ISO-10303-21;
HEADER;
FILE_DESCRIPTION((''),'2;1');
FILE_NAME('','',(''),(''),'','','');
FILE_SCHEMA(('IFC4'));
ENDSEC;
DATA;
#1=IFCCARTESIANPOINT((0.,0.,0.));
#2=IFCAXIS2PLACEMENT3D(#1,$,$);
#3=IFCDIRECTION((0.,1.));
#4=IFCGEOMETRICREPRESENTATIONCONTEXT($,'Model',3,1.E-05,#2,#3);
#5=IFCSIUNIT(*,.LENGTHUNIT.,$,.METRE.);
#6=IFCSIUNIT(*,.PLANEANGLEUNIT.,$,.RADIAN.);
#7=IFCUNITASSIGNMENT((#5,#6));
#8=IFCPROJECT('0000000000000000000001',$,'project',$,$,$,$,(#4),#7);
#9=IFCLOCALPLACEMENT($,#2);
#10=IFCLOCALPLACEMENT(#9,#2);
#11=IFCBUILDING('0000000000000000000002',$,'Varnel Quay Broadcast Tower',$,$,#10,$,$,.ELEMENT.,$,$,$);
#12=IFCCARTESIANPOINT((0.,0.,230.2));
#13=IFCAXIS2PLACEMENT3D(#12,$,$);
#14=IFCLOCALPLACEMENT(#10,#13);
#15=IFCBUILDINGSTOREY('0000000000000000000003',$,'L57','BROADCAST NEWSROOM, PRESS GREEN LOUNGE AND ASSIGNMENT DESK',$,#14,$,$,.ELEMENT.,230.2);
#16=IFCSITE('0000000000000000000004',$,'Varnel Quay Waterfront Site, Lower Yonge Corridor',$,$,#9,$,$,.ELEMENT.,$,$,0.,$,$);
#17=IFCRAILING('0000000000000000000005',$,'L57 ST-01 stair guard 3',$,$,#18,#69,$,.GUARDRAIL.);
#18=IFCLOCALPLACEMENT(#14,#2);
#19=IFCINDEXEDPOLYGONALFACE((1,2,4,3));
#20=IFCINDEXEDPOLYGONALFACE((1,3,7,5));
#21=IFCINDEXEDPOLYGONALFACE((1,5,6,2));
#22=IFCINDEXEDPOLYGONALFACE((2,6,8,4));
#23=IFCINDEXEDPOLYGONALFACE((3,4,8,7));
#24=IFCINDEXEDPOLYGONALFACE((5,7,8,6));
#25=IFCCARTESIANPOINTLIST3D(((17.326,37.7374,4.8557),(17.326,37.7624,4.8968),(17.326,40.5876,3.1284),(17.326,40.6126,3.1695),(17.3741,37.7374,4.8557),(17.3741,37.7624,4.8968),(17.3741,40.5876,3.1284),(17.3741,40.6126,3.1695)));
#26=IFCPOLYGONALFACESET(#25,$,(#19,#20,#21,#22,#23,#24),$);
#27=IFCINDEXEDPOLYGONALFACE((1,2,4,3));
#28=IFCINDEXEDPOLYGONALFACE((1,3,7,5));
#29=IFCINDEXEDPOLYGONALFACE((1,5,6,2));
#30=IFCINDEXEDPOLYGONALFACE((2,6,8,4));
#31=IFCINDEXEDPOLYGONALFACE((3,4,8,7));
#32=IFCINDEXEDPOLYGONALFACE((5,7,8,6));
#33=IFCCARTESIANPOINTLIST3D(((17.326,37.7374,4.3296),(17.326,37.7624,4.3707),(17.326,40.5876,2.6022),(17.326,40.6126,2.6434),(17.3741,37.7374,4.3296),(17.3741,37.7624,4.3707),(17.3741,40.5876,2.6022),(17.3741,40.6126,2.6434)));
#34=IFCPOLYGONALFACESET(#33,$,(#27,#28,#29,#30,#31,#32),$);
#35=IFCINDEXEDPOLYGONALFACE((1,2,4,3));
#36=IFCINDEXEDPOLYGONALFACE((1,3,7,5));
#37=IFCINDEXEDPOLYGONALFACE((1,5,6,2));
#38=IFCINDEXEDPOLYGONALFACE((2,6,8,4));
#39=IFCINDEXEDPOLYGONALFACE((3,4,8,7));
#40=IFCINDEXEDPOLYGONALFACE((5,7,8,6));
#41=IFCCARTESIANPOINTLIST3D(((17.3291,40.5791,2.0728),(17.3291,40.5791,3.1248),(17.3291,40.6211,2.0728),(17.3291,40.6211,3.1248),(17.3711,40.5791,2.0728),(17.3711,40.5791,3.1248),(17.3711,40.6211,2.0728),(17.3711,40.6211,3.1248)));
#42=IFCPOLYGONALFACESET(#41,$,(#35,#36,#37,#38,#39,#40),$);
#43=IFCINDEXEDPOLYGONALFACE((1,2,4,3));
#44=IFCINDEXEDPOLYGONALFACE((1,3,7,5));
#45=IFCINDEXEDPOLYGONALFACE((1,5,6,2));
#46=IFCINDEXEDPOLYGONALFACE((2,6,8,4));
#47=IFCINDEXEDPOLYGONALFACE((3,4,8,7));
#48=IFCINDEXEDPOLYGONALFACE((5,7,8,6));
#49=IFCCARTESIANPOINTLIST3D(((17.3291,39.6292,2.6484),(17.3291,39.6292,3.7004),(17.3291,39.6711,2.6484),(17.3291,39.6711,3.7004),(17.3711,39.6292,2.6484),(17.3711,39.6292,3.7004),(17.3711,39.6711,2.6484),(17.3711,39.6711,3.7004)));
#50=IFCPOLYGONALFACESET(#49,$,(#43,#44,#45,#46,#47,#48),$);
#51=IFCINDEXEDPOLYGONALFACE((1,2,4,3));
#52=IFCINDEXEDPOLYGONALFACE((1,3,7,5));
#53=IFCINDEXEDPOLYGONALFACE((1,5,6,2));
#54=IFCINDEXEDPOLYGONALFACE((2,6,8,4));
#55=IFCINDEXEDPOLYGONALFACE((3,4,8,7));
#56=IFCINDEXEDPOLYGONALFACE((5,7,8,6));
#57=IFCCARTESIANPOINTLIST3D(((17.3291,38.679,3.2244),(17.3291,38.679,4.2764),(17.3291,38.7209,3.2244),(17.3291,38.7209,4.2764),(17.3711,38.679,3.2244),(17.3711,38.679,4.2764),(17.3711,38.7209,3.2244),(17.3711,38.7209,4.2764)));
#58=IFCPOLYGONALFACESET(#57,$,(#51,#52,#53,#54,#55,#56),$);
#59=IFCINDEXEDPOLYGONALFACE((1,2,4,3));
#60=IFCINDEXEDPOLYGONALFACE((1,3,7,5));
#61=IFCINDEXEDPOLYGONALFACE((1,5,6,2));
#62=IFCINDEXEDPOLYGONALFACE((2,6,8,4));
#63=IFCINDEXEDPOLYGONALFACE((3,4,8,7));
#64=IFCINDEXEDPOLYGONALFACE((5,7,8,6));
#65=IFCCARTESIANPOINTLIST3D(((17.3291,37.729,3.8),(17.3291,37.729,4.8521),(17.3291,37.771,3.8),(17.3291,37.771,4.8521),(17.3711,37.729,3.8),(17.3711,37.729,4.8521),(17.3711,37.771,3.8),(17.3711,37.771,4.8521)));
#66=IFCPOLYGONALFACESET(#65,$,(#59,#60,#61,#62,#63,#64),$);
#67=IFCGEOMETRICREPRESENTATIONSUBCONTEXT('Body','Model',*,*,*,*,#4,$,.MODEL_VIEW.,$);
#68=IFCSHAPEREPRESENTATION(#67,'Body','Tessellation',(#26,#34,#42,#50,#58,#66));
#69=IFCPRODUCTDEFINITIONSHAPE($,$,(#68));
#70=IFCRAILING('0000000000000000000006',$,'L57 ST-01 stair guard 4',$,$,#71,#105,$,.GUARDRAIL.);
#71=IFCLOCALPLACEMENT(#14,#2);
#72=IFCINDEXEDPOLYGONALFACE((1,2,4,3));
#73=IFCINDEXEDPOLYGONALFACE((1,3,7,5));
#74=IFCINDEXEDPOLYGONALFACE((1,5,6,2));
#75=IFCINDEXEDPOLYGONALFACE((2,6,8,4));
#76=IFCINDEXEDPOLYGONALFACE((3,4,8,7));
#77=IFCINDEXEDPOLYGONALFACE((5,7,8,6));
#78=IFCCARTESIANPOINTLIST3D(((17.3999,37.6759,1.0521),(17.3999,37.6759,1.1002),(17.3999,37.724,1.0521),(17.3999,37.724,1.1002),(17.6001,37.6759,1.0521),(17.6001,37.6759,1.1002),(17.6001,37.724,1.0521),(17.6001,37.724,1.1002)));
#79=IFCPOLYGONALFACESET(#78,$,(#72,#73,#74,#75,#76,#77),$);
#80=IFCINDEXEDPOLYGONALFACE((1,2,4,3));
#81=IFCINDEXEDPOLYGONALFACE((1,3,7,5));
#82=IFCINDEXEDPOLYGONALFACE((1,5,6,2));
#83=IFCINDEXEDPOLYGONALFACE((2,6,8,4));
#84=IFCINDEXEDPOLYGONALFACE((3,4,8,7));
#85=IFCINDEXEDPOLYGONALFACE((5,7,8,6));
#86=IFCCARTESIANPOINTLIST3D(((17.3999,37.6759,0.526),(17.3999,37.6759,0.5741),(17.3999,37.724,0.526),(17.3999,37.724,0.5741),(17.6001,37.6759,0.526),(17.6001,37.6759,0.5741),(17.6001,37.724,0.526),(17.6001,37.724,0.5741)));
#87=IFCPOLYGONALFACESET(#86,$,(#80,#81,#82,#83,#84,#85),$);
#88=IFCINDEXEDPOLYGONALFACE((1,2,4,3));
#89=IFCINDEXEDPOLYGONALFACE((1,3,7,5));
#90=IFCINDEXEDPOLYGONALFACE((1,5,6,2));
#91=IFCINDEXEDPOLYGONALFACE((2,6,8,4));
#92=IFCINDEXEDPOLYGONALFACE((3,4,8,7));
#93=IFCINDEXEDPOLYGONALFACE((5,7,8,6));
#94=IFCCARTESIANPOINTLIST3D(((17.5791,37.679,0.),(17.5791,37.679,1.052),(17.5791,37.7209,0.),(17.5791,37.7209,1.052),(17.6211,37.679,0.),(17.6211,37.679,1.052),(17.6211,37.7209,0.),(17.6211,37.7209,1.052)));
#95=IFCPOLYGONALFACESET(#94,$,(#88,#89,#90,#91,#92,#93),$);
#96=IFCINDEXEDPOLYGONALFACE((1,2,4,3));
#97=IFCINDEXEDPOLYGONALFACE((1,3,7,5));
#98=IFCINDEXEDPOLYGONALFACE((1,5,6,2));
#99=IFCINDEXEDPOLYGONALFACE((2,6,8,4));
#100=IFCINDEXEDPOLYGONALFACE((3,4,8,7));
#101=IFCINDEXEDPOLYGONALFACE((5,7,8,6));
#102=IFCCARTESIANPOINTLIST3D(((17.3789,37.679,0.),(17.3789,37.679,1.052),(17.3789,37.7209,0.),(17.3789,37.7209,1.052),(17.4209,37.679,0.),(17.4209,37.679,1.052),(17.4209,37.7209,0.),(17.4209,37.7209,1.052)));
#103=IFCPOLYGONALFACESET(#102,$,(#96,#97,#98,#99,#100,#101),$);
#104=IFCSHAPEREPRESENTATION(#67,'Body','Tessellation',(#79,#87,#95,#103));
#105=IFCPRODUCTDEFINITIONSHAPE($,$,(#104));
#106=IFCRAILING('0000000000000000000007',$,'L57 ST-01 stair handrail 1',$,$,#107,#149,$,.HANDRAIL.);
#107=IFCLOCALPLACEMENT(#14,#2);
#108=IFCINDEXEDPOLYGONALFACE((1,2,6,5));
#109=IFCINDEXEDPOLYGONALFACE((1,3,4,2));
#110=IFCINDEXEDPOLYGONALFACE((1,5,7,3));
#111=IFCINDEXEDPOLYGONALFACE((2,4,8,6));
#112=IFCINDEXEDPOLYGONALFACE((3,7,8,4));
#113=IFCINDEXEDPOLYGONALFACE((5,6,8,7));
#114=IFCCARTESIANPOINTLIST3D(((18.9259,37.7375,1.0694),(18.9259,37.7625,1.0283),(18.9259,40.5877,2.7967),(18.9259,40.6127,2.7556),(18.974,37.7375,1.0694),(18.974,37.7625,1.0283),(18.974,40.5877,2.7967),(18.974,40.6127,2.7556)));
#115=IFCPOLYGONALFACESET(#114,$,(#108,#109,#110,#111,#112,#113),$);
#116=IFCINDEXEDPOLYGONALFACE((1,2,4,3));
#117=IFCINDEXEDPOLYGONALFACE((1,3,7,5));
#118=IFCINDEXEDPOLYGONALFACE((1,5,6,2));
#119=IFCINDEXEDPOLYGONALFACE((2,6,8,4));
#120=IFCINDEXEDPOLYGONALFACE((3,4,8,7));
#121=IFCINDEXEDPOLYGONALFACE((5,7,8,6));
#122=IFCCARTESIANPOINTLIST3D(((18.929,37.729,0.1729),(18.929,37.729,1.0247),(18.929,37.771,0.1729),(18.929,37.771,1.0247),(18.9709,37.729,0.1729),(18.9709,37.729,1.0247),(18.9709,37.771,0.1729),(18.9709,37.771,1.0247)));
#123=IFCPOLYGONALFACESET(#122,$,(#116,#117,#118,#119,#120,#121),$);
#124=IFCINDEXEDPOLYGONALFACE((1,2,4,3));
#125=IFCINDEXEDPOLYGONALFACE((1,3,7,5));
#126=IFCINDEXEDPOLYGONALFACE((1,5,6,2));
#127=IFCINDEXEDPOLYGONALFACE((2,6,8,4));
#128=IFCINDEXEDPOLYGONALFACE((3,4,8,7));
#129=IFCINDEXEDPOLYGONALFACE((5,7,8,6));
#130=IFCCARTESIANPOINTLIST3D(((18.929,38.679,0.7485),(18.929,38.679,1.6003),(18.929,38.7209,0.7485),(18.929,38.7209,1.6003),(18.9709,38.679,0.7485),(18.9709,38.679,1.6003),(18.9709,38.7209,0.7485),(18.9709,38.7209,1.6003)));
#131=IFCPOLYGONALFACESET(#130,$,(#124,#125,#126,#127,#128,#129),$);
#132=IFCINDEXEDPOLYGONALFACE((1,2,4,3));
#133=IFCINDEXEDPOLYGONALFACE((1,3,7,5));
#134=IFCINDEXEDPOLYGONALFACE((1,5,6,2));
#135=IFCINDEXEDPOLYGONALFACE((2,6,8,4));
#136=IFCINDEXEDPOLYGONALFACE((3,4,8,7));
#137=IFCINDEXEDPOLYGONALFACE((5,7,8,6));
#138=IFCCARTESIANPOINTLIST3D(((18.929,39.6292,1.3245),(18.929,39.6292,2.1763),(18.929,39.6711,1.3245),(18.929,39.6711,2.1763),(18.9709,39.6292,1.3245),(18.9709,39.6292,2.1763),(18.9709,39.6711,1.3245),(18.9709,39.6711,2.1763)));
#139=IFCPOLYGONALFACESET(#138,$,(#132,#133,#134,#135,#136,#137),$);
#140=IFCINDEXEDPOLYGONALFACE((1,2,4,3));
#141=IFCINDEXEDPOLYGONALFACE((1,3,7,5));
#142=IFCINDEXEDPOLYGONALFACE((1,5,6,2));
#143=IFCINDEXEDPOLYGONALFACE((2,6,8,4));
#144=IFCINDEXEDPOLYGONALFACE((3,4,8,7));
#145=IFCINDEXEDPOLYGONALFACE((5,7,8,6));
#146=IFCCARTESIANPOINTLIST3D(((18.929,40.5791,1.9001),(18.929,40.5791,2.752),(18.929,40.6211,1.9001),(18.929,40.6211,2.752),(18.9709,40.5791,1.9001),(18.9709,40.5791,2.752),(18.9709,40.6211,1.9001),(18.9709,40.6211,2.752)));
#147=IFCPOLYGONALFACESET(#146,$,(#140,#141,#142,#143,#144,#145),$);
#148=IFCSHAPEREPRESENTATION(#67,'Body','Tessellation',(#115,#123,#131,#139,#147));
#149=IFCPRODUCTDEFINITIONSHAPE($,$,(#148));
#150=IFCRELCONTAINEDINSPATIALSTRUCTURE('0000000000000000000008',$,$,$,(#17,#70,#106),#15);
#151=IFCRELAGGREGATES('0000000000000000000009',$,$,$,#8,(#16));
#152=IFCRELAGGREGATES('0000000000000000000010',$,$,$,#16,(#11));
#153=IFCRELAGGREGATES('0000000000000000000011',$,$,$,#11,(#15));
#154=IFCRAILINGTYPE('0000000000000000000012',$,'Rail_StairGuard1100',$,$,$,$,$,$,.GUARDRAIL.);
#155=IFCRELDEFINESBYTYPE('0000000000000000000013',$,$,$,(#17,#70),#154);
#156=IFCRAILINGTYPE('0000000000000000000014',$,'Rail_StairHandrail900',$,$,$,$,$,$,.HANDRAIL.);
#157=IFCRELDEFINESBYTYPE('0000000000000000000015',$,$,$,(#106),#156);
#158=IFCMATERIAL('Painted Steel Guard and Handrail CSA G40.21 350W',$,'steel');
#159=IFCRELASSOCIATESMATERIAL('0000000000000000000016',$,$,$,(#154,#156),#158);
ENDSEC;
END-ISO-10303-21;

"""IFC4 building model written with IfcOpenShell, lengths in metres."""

from ifc_helpers import new_model, si_unit, direction, frame, origin, origin_2d, place, context, subcontext, project, spatial, rectangle, extrude, material, type_object, element, save


model = new_model("IFC4")

# Units and contexts
model_context = context("Model", 3, precision=1e-05, world=origin(), true_north=direction((0.0, 1.0)))
body_context = subcontext(model_context, "Body", "Model", "MODEL_VIEW")
ifc_project = project(units=[si_unit("LENGTHUNIT", "METRE"), si_unit("PLANEANGLEUNIT", "RADIAN")], contexts=[model_context])

# Site, building, storey
site_placement = place(None, origin())
site = spatial("IfcSite", under=ifc_project, at=site_placement, Name="Varnel Quay Waterfront Site, Lower Yonge Corridor", CompositionType="ELEMENT", RefElevation=0.0)
building_placement = place(site_placement, origin())
building = spatial("IfcBuilding", under=site, at=building_placement, Name="Varnel Quay Broadcast Tower", CompositionType="ELEMENT")
storey_placement = place(building_placement, frame((0.0, 0.0, 230.2)))
storey = spatial("IfcBuildingStorey", under=building, at=storey_placement, Name="L57", Description="BROADCAST NEWSROOM, PRESS GREEN LOUNGE AND ASSIGNMENT DESK", CompositionType="ELEMENT", Elevation=230.2)

# Railings
ifc_material_1 = material(Name="Painted Steel Guard and Handrail CSA G40.21 350W", Category="steel")
railing_type_1 = type_object("IfcRailingType", Name="Rail_StairGuard1100", PredefinedType="GUARDRAIL", material=ifc_material_1)
railing_1_placement = place(storey_placement, frame((17.3501, 40.6001, 2.0728)))
element("IfcRailing", 1, at=railing_1_placement, inside=storey, type_object=railing_type_1, Name="L57 ST-01 stair guard 3", PredefinedType="GUARDRAIL", context=body_context, shape_type="SweptSolid", body=[
    extrude(rectangle(XDim=0.0481, YDim=0.0481, at=origin_2d()), frame((0.0, 0.0, 1.0762), z_axis=(0.0, -0.855203, 0.518294), x_axis=(1.0, 0.0, 0.0)), (0.0, 0.0, 1.0), 3.3328),
    extrude(rectangle(XDim=0.0481, YDim=0.0481, at=origin_2d()), frame((0.0, 0.0, 0.55), z_axis=(0.0, -0.855203, 0.518294), x_axis=(1.0, 0.0, 0.0)), (0.0, 0.0, 1.0), 3.3328),
    extrude(rectangle(XDim=0.042, YDim=0.042, at=origin_2d()), origin(), (0.0, 0.0, 1.0), 1.052),
    extrude(rectangle(XDim=0.042, YDim=0.042, at=origin_2d()), frame((0.0, -0.95, 0.5757)), (0.0, 0.0, 1.0), 1.052),
    extrude(rectangle(XDim=0.042, YDim=0.042, at=origin_2d()), frame((0.0, -1.9001, 1.1516)), (0.0, 0.0, 1.0), 1.052),
    extrude(rectangle(XDim=0.042, YDim=0.042, at=origin_2d()), frame((0.0, -2.8501, 1.7273)), (0.0, 0.0, 1.0), 1.052),
])
railing_2_placement = place(storey_placement, frame((17.6001, 37.7, 0.0)))
element("IfcRailing", 2, at=railing_2_placement, inside=storey, type_object=railing_type_1, Name="L57 ST-01 stair guard 4", PredefinedType="GUARDRAIL", context=body_context, shape_type="SweptSolid", body=[
    extrude(rectangle(XDim=0.0481, YDim=0.0481, at=origin_2d()), frame((0.0, 0.0, 1.0762), z_axis=(-1.0, 0.0, 0.0), x_axis=(0.0, -1.0, 0.0)), (0.0, 0.0, 1.0), 0.2002),
    extrude(rectangle(XDim=0.0481, YDim=0.0481, at=origin_2d()), frame((0.0, 0.0, 0.55), z_axis=(-1.0, 0.0, 0.0), x_axis=(0.0, -1.0, 0.0)), (0.0, 0.0, 1.0), 0.2002),
    extrude(rectangle(XDim=0.042, YDim=0.042, at=origin_2d()), origin(), (0.0, 0.0, 1.0), 1.052),
    extrude(rectangle(XDim=0.042, YDim=0.042, at=origin_2d()), frame((-0.2002, 0.0, 0.0)), (0.0, 0.0, 1.0), 1.052),
])
railing_type_2 = type_object("IfcRailingType", Name="Rail_StairHandrail900", PredefinedType="HANDRAIL", material=ifc_material_1)
railing_3_placement = place(storey_placement, frame((18.95, 37.75, 0.1729)))
element("IfcRailing", 3, at=railing_3_placement, inside=storey, type_object=railing_type_2, Name="L57 ST-01 stair handrail 1", PredefinedType="HANDRAIL", context=body_context, shape_type="SweptSolid", body=[
    extrude(rectangle(XDim=0.0481, YDim=0.0481, at=origin_2d()), frame((0.0, 0.0, 0.876), z_axis=(0.0, 0.855203, 0.518294), x_axis=(-1.0, 0.0, 0.0)), (0.0, 0.0, 1.0), 3.3328),
    extrude(rectangle(XDim=0.042, YDim=0.042, at=origin_2d()), origin(), (0.0, 0.0, 1.0), 0.8518),
    extrude(rectangle(XDim=0.042, YDim=0.042, at=origin_2d()), frame((0.0, 0.95, 0.5757)), (0.0, 0.0, 1.0), 0.8518),
    extrude(rectangle(XDim=0.042, YDim=0.042, at=origin_2d()), frame((0.0, 1.9001, 1.1516)), (0.0, 0.0, 1.0), 0.8518),
    extrude(rectangle(XDim=0.042, YDim=0.042, at=origin_2d()), frame((0.0, 2.8501, 1.7273)), (0.0, 0.0, 1.0), 0.8518),
])

save(model, "model.ifc")
